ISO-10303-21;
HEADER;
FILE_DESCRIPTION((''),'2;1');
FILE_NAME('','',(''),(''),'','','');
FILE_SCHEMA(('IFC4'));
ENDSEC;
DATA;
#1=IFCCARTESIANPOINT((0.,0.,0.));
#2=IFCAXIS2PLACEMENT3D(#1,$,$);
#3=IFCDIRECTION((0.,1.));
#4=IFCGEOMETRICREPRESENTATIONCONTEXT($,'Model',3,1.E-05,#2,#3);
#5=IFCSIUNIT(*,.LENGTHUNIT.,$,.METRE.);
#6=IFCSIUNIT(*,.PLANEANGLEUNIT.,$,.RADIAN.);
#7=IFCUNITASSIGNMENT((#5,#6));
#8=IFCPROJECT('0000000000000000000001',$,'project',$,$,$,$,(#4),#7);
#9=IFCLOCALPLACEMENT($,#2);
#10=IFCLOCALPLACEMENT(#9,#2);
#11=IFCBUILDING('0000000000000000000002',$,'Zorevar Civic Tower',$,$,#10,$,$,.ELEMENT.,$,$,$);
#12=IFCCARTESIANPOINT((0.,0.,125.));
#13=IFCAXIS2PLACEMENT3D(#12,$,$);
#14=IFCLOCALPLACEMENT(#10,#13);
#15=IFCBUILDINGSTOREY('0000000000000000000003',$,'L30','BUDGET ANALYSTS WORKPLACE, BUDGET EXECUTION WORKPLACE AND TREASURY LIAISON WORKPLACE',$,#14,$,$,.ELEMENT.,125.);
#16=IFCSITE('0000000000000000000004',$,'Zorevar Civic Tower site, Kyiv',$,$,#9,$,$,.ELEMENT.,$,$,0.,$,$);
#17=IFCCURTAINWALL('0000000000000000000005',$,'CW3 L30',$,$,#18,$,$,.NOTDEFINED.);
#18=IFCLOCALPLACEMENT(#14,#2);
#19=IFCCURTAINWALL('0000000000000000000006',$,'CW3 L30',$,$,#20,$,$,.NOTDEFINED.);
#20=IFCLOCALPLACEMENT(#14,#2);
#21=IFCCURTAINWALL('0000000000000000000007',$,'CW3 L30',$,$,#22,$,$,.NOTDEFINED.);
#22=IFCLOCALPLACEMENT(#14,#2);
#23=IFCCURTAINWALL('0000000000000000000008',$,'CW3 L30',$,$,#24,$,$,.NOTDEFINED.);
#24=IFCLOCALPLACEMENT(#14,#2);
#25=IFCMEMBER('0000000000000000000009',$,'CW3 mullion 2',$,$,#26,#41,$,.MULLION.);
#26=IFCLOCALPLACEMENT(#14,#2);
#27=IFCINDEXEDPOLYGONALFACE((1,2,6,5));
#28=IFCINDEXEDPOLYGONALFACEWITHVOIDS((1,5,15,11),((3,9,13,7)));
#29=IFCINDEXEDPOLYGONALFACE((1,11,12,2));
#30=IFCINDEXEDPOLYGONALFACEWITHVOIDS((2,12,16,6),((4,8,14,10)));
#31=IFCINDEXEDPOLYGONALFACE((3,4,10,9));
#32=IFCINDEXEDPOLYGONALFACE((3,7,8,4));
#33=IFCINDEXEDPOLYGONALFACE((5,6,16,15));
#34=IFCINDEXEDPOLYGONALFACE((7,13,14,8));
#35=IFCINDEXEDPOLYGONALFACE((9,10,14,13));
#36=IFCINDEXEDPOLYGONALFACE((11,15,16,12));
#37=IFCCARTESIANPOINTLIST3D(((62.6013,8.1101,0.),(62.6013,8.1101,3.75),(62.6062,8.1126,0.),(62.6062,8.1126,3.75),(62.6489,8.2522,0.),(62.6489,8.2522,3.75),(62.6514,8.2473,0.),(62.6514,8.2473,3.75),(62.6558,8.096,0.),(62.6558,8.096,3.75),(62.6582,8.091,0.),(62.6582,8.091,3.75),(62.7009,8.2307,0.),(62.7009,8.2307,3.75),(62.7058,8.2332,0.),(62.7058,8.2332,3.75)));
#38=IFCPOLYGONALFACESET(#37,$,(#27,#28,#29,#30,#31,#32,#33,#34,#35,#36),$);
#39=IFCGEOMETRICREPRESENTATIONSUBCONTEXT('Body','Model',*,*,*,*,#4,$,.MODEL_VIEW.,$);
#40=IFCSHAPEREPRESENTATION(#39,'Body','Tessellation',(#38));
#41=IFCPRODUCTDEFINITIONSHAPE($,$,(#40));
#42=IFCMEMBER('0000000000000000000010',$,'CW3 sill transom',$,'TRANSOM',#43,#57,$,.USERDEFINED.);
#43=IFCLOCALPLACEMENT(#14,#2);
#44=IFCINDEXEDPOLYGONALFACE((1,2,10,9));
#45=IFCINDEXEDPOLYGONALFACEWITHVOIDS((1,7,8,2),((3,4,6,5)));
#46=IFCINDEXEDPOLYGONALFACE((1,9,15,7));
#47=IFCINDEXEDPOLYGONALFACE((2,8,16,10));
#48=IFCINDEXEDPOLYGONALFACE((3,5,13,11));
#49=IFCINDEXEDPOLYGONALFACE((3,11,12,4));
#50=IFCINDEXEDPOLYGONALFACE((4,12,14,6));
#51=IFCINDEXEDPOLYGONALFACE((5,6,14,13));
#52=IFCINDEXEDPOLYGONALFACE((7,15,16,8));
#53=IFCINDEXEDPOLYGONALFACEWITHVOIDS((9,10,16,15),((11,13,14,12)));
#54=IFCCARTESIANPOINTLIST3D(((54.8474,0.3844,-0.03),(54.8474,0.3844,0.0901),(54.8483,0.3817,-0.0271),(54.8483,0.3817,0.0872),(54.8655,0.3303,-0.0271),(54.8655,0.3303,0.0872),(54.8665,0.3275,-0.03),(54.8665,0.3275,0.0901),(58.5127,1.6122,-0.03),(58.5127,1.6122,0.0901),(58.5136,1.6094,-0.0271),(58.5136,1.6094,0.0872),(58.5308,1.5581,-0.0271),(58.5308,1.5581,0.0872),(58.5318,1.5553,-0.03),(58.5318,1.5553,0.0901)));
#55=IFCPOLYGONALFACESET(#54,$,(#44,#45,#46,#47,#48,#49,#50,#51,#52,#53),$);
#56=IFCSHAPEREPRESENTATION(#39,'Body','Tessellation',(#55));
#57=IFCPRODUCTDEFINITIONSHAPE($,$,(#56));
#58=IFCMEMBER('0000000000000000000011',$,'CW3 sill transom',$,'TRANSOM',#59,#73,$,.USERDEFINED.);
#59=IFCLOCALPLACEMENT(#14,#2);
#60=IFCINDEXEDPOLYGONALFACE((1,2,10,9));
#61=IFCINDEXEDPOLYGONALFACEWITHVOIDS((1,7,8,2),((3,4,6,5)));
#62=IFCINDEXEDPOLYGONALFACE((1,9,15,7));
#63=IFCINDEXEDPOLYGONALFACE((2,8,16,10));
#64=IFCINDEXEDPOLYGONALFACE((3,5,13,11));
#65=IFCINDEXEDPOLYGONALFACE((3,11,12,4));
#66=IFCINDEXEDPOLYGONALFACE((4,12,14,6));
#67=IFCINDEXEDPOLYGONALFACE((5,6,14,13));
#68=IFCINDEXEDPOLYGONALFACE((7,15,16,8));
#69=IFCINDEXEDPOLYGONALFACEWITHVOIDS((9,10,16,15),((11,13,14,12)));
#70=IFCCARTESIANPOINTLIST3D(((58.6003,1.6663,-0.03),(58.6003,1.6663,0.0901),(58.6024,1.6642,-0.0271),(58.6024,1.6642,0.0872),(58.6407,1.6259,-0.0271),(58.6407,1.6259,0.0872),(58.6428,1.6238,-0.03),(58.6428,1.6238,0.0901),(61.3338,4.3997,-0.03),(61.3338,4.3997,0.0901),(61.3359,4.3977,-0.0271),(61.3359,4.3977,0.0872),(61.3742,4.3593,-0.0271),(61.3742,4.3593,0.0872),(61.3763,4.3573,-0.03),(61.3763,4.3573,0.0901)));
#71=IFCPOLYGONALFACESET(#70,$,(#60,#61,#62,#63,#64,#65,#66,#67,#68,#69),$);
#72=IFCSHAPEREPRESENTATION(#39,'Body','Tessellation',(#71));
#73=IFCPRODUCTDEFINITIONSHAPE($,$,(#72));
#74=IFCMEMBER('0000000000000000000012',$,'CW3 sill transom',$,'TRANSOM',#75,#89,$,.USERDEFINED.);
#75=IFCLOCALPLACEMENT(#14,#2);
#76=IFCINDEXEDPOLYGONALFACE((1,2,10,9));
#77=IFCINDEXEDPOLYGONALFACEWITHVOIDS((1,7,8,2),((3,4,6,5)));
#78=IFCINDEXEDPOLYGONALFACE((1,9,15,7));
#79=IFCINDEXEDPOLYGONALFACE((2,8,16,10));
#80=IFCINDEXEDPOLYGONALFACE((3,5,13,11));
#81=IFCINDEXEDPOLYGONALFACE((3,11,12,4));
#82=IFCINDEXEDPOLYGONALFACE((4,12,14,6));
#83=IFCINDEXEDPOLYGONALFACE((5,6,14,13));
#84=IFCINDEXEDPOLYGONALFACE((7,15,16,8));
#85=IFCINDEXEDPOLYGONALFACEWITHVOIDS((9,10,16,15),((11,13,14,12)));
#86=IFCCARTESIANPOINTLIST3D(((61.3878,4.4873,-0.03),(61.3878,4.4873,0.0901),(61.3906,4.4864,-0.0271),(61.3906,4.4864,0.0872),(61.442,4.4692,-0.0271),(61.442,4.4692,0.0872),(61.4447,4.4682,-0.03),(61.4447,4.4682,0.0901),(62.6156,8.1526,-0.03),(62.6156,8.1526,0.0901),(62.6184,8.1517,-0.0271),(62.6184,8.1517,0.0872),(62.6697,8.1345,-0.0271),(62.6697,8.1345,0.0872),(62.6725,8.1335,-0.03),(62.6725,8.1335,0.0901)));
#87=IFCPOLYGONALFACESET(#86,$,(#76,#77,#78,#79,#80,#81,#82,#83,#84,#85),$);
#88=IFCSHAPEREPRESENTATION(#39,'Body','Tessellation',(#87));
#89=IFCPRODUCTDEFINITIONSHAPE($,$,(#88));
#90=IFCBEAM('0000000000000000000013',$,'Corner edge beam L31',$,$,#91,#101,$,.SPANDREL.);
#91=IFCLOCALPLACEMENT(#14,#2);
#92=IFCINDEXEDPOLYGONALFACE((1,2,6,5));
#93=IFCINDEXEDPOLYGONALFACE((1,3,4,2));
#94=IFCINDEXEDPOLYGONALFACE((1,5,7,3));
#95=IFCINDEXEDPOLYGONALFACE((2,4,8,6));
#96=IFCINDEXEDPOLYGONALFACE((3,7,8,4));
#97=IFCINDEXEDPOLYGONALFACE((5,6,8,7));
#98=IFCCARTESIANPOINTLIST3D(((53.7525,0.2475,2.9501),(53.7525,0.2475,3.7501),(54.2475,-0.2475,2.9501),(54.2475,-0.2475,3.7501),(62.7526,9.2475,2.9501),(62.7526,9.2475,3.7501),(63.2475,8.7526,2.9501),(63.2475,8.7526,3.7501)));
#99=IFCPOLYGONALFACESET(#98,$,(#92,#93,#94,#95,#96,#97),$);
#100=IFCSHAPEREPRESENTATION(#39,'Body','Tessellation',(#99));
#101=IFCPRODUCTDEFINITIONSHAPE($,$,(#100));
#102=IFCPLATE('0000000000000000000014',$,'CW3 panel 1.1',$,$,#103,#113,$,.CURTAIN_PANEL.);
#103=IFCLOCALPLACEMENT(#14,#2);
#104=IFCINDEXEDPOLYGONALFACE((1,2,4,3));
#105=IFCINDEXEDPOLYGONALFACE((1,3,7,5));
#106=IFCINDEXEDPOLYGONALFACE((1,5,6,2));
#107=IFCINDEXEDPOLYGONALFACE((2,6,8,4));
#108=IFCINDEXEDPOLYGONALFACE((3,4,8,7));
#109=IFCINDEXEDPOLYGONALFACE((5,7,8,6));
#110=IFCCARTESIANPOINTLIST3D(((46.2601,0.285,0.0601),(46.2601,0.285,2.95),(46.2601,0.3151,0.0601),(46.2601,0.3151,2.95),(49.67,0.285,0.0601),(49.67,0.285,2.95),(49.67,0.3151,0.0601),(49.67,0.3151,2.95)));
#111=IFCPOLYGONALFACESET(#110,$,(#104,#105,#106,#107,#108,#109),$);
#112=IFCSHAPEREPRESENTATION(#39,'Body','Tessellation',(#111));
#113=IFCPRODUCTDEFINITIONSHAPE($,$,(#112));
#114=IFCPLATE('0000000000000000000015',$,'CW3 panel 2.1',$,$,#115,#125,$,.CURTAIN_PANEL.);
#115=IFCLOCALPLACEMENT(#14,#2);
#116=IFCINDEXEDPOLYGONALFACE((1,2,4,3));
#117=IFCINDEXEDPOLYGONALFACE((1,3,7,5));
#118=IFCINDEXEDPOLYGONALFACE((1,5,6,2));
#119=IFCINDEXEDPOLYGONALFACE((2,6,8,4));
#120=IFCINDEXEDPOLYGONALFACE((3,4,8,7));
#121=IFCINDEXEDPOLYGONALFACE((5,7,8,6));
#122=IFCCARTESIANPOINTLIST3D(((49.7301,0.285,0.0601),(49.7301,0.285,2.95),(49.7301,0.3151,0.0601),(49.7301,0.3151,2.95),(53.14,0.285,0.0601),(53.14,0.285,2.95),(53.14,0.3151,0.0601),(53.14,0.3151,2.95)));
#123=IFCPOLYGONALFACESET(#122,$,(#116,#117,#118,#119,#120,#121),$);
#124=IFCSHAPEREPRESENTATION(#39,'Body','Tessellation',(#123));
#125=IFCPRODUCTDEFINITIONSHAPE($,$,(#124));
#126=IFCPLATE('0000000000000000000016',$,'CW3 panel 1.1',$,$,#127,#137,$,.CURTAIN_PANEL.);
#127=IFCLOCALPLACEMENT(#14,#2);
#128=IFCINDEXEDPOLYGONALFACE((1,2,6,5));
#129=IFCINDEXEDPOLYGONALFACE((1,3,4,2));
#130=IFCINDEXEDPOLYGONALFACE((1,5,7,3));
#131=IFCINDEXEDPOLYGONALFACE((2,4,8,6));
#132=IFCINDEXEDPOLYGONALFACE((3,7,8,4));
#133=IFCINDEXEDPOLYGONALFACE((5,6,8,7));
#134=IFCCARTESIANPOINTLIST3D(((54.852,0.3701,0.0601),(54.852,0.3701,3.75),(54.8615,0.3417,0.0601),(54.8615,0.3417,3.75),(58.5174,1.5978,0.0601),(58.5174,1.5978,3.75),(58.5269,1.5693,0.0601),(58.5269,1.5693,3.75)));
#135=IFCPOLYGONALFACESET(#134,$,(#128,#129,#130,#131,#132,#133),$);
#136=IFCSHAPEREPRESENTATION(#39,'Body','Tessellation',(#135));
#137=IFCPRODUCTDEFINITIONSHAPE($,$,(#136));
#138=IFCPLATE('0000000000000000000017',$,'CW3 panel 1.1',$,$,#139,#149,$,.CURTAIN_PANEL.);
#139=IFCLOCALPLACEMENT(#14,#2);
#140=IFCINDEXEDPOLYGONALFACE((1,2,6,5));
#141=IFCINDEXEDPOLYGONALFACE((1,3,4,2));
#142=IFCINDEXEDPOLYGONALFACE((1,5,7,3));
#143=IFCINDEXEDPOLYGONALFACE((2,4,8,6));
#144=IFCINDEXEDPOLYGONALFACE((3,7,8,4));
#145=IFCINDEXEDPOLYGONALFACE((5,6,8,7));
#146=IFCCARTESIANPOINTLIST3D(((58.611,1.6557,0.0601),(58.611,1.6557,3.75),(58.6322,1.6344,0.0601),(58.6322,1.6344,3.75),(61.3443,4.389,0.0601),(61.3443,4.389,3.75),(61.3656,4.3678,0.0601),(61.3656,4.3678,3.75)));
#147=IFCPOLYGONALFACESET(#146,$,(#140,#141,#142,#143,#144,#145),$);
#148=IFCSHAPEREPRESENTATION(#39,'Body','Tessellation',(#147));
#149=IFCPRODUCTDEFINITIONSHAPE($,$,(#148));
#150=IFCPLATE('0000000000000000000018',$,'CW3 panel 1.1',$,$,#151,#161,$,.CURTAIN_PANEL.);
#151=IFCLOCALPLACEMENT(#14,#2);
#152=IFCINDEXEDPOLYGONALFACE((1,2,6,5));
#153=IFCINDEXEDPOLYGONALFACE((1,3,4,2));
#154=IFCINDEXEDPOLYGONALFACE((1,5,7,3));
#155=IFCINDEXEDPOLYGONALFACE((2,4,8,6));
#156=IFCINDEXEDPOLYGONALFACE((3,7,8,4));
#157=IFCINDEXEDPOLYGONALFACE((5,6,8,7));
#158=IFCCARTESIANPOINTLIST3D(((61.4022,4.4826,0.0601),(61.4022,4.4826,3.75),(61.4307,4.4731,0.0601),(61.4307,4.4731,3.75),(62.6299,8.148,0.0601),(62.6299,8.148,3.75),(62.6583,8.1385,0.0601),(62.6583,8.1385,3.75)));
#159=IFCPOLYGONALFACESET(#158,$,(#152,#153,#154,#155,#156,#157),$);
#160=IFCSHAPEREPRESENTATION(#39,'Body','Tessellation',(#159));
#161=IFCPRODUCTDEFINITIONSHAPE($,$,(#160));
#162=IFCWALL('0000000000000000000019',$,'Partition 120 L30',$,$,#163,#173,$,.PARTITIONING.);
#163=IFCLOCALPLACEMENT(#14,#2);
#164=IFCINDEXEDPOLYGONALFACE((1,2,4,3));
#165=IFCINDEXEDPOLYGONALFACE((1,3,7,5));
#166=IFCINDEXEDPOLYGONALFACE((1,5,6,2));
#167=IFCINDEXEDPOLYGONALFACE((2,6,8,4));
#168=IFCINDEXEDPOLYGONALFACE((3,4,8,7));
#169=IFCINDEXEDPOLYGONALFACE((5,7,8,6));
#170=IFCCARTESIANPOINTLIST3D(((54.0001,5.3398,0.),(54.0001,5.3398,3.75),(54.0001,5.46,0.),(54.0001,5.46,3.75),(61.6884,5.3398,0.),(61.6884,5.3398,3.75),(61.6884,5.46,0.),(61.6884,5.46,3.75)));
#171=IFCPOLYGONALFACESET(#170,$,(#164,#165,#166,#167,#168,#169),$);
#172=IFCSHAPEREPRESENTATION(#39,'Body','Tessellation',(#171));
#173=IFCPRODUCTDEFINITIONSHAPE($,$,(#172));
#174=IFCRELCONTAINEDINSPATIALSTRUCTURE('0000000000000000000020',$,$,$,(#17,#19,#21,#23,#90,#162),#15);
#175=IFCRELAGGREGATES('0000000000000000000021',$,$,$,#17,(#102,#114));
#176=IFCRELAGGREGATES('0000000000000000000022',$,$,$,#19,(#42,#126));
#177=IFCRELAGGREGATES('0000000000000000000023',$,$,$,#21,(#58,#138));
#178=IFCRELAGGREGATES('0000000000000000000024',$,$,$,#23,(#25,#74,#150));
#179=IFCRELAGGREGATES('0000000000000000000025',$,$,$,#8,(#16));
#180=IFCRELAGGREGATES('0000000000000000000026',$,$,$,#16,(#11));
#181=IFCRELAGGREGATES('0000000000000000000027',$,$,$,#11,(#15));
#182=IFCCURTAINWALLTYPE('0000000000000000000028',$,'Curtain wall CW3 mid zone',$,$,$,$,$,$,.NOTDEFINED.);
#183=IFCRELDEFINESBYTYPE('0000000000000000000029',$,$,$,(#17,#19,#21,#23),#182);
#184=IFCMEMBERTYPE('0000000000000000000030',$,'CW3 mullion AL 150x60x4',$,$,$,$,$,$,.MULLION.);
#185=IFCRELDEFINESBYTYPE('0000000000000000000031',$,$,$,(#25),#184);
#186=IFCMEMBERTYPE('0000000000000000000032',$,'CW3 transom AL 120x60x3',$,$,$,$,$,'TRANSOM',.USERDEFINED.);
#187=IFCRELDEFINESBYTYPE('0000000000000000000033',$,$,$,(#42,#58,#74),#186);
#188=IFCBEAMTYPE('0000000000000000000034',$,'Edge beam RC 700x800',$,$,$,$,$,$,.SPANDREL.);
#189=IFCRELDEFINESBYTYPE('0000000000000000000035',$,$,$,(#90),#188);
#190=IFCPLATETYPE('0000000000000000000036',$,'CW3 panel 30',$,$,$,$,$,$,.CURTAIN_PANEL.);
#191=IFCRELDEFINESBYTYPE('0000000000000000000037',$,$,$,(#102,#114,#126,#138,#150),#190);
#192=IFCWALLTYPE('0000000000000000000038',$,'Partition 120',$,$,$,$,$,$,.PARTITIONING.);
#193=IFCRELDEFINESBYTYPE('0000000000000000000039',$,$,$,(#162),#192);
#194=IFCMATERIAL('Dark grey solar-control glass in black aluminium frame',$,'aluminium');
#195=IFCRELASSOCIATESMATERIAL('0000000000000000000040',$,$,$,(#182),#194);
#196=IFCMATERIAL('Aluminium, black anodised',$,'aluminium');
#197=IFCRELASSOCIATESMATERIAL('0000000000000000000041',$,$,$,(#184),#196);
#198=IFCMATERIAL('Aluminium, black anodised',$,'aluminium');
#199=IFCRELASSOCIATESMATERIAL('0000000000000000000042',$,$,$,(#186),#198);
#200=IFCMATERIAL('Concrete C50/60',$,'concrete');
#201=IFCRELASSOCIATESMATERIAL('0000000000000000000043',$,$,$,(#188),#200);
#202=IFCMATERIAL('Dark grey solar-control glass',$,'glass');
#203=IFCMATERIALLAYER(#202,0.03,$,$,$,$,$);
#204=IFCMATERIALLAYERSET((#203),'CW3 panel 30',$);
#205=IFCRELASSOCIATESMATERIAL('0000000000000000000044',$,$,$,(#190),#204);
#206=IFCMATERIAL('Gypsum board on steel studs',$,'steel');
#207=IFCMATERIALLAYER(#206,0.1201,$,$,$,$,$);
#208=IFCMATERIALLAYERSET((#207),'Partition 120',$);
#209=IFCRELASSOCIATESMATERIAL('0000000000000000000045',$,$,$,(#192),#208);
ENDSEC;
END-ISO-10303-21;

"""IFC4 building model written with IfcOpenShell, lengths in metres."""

from ifc_helpers import new_model, si_unit, direction, frame, frame_2d, origin, origin_2d, place, context, subcontext, project, spatial, rectangle, hollow_rectangle, extrude, material, layer, layer_set, material_profile, profile_set, type_object, element, aggregate, save


model = new_model("IFC4")

# Units and contexts
model_context = context("Model", 3, precision=1e-05, world=origin(), true_north=direction((0.0, 1.0)))
body_context = subcontext(model_context, "Body", "Model", "MODEL_VIEW")
ifc_project = project(units=[si_unit("LENGTHUNIT", "METRE"), si_unit("PLANEANGLEUNIT", "RADIAN")], contexts=[model_context])

# Site, building, storey
site_placement = place(None, origin())
site = spatial("IfcSite", under=ifc_project, at=site_placement, Name="Zorevar Civic Tower site, Kyiv", CompositionType="ELEMENT", RefElevation=0.0)
building_placement = place(site_placement, origin())
building = spatial("IfcBuilding", under=site, at=building_placement, Name="Zorevar Civic Tower", CompositionType="ELEMENT")
storey_placement = place(building_placement, frame((0.0, 0.0, 125.0)))
storey = spatial("IfcBuildingStorey", under=building, at=storey_placement, Name="L30", Description="BUDGET ANALYSTS WORKPLACE, BUDGET EXECUTION WORKPLACE AND TREASURY LIAISON WORKPLACE", CompositionType="ELEMENT", Elevation=125.0)

# Curtain walls, member
ifc_material_1 = material(Name="Dark grey solar-control glass in black aluminium frame", Category="aluminium")
curtain_wall_type = type_object("IfcCurtainWallType", Name="Curtain wall CW3 mid zone", PredefinedType="NOTDEFINED", material=ifc_material_1)
curtain_wall_1_placement = place(storey_placement, origin())
curtain_wall_1 = element("IfcCurtainWall", 1, at=curtain_wall_1_placement, inside=storey, type_object=curtain_wall_type, Name="CW3 L30", PredefinedType="NOTDEFINED")
ifc_material_2 = material(Name="Aluminium, black anodised", Category="aluminium")
ifc_material_profile_1 = material_profile(ifc_material_2, hollow_rectangle(XDim=0.0601, YDim=0.1499, WallThickness=0.0039, at=origin_2d()), Name="AL 150x60x4")
ifc_profile_set_1 = profile_set([ifc_material_profile_1], Name="Aluminium, black anodised")
member_type_1 = type_object("IfcMemberType", Name="CW3 mullion AL 150x60x4", PredefinedType="MULLION", material=ifc_profile_set_1)
curtain_wall_2_placement = place(storey_placement, origin())
curtain_wall_2 = element("IfcCurtainWall", 2, at=curtain_wall_2_placement, inside=storey, type_object=curtain_wall_type, Name="CW3 L30", PredefinedType="NOTDEFINED")
curtain_wall_3_placement = place(storey_placement, origin())
curtain_wall_3 = element("IfcCurtainWall", 3, at=curtain_wall_3_placement, inside=storey, type_object=curtain_wall_type, Name="CW3 L30", PredefinedType="NOTDEFINED")
curtain_wall_4_placement = place(storey_placement, origin())
curtain_wall_4 = element("IfcCurtainWall", 4, at=curtain_wall_4_placement, inside=storey, type_object=curtain_wall_type, Name="CW3 L30", PredefinedType="NOTDEFINED")
member_1_placement = place(storey_placement, frame((62.6536, 8.1716, 0.0), z_axis=(0.0, 0.0, 1.0), x_axis=(-0.948227, 0.317593, 0.0)))
member_1 = element("IfcMember", 5, at=member_1_placement, type_object=member_type_1, Name="CW3 mullion 2", PredefinedType="MULLION", context=body_context, shape_type="SweptSolid", body=[
    extrude(hollow_rectangle(XDim=0.0601, YDim=0.1499, WallThickness=0.0039, at=origin_2d()), origin(), (0.0, 0.0, 1.0), 3.75),
])

# Members
ifc_material_3 = material(Name="Aluminium, black anodised", Category="aluminium")
ifc_material_profile_2 = material_profile(ifc_material_3, hollow_rectangle(XDim=0.0601, YDim=0.1201, WallThickness=0.0029, at=origin_2d()), Name="AL 120x60x3")
ifc_profile_set_2 = profile_set([ifc_material_profile_2], Name="Aluminium, black anodised")
member_type_2 = type_object("IfcMemberType", Name="CW3 transom AL 120x60x3", ElementType="TRANSOM", PredefinedType="USERDEFINED", material=ifc_profile_set_2)
member_2_placement = place(storey_placement, frame((54.8569, 0.356, 0.03), z_axis=(0.948215, 0.31763, 0.0), x_axis=(-0.31763, 0.948215, 0.0)))
member_2 = element("IfcMember", 6, at=member_2_placement, type_object=member_type_2, Name="CW3 sill transom", ObjectType="TRANSOM", PredefinedType="USERDEFINED", context=body_context, shape_type="SweptSolid", body=[
    extrude(hollow_rectangle(XDim=0.0601, YDim=0.1201, WallThickness=0.0029, at=origin_2d()), origin(), (0.0, 0.0, 1.0), 3.8655),
])
member_3_placement = place(storey_placement, frame((58.6216, 1.645, 0.03), z_axis=(0.707107, 0.707107, 0.0), x_axis=(-0.707107, 0.707107, 0.0)))
member_3 = element("IfcMember", 7, at=member_3_placement, type_object=member_type_2, Name="CW3 sill transom", ObjectType="TRANSOM", PredefinedType="USERDEFINED", context=body_context, shape_type="SweptSolid", body=[
    extrude(hollow_rectangle(XDim=0.0601, YDim=0.1201, WallThickness=0.0029, at=origin_2d()), origin(), (0.0, 0.0, 1.0), 3.8657),
])
member_4_placement = place(storey_placement, frame((61.4163, 4.4778, 0.03), z_axis=(0.31763, 0.948215, 0.0), x_axis=(-0.948215, 0.31763, 0.0)))
member_4 = element("IfcMember", 8, at=member_4_placement, type_object=member_type_2, Name="CW3 sill transom", ObjectType="TRANSOM", PredefinedType="USERDEFINED", context=body_context, shape_type="SweptSolid", body=[
    extrude(hollow_rectangle(XDim=0.0601, YDim=0.1201, WallThickness=0.0029, at=origin_2d()), origin(), (0.0, 0.0, 1.0), 3.8655),
])

# Beam
ifc_material_4 = material(Name="Concrete C50/60", Category="concrete")
ifc_material_profile_3 = material_profile(ifc_material_4, rectangle(XDim=0.7, YDim=0.8, at=origin_2d()), Name="RC 700x800")
ifc_profile_set_3 = profile_set([ifc_material_profile_3], Name="Concrete C50/60")
beam_type_1 = type_object("IfcBeamType", Name="Edge beam RC 700x800", PredefinedType="SPANDREL", material=ifc_profile_set_3)
beam_1_placement = place(storey_placement, frame((54.0, 0.0, 3.3501), z_axis=(0.707107, 0.707107, 0.0), x_axis=(-0.707107, 0.707107, 0.0)))
element("IfcBeam", 9, at=beam_1_placement, inside=storey, type_object=beam_type_1, Name="Corner edge beam L31", PredefinedType="SPANDREL", context=body_context, shape_type="SweptSolid", body=[
    extrude(rectangle(XDim=0.7, YDim=0.8, at=origin_2d()), origin(), (0.0, 0.0, 1.0), 12.728),
])

# Plates
ifc_material_5 = material(Name="Dark grey solar-control glass", Category="glass")
ifc_layer_1 = layer(ifc_material_5, 0.03)
ifc_layer_set_1 = layer_set([ifc_layer_1], Name="CW3 panel 30")
plate_type = type_object("IfcPlateType", Name="CW3 panel 30", PredefinedType="CURTAIN_PANEL", material=ifc_layer_set_1)
plate_1_placement = place(storey_placement, frame((47.9651, 0.3, 0.0601), z_axis=(0.0, 0.0, 1.0), x_axis=(1.0, 0.0, 0.0)))
plate_1 = element("IfcPlate", 10, at=plate_1_placement, type_object=plate_type, Name="CW3 panel 1.1", PredefinedType="CURTAIN_PANEL", context=body_context, shape_type="SweptSolid", body=[
    extrude(rectangle(XDim=3.4099, YDim=0.03, at=origin_2d()), origin(), (0.0, 0.0, 1.0), 2.8899),
])
plate_2_placement = place(storey_placement, frame((51.4351, 0.3, 0.0601), z_axis=(0.0, 0.0, 1.0), x_axis=(1.0, 0.0, 0.0)))
plate_2 = element("IfcPlate", 11, at=plate_2_placement, type_object=plate_type, Name="CW3 panel 2.1", PredefinedType="CURTAIN_PANEL", context=body_context, shape_type="SweptSolid", body=[
    extrude(rectangle(XDim=3.4099, YDim=0.03, at=origin_2d()), origin(), (0.0, 0.0, 1.0), 2.8899),
])
aggregate(curtain_wall_1, [plate_1, plate_2])
plate_3_placement = place(storey_placement, frame((56.6895, 0.9697, 0.0601), z_axis=(0.0, 0.0, 1.0), x_axis=(0.948227, 0.317593, 0.0)))
plate_3 = element("IfcPlate", 12, at=plate_3_placement, type_object=plate_type, Name="CW3 panel 1.1", PredefinedType="CURTAIN_PANEL", context=body_context, shape_type="SweptSolid", body=[
    extrude(rectangle(XDim=3.8655, YDim=0.03, at=origin_2d()), origin(), (0.0, 0.0, 1.0), 3.6899),
])
aggregate(curtain_wall_2, [member_2, plate_3])
plate_4_placement = place(storey_placement, frame((59.9883, 3.0117, 0.0601), z_axis=(0.0, 0.0, 1.0), x_axis=(0.707107, 0.707107, 0.0)))
plate_4 = element("IfcPlate", 13, at=plate_4_placement, type_object=plate_type, Name="CW3 panel 1.1", PredefinedType="CURTAIN_PANEL", context=body_context, shape_type="SweptSolid", body=[
    extrude(rectangle(XDim=3.8655, YDim=0.03, at=origin_2d()), origin(), (0.0, 0.0, 1.0), 3.6899),
])
aggregate(curtain_wall_3, [member_3, plate_4])
plate_5_placement = place(storey_placement, frame((62.0303, 6.3105, 0.0601), z_axis=(0.0, 0.0, 1.0), x_axis=(0.317593, 0.948227, 0.0)))
plate_5 = element("IfcPlate", 14, at=plate_5_placement, type_object=plate_type, Name="CW3 panel 1.1", PredefinedType="CURTAIN_PANEL", context=body_context, shape_type="SweptSolid", body=[
    extrude(rectangle(XDim=3.8655, YDim=0.03, at=origin_2d()), origin(), (0.0, 0.0, 1.0), 3.6899),
])
aggregate(curtain_wall_4, [member_1, member_4, plate_5])

# Wall
ifc_material_6 = material(Name="Gypsum board on steel studs", Category="steel")
ifc_layer_2 = layer(ifc_material_6, 0.1201)
ifc_layer_set_2 = layer_set([ifc_layer_2], Name="Partition 120")
wall_type = type_object("IfcWallType", Name="Partition 120", PredefinedType="PARTITIONING", material=ifc_layer_set_2)
wall_1_placement = place(storey_placement, frame((54.0, 5.3999, 0.0), z_axis=(0.0, 0.0, 1.0), x_axis=(1.0, 0.0, 0.0)))
element("IfcWall", 15, at=wall_1_placement, inside=storey, type_object=wall_type, Name="Partition 120 L30", PredefinedType="PARTITIONING", context=body_context, shape_type="SweptSolid", body=[
    extrude(rectangle(XDim=7.6882, YDim=0.1201, at=frame_2d((3.8442, 0.0))), origin(), (0.0, 0.0, 1.0), 3.75),
])

save(model, "model.ifc")
